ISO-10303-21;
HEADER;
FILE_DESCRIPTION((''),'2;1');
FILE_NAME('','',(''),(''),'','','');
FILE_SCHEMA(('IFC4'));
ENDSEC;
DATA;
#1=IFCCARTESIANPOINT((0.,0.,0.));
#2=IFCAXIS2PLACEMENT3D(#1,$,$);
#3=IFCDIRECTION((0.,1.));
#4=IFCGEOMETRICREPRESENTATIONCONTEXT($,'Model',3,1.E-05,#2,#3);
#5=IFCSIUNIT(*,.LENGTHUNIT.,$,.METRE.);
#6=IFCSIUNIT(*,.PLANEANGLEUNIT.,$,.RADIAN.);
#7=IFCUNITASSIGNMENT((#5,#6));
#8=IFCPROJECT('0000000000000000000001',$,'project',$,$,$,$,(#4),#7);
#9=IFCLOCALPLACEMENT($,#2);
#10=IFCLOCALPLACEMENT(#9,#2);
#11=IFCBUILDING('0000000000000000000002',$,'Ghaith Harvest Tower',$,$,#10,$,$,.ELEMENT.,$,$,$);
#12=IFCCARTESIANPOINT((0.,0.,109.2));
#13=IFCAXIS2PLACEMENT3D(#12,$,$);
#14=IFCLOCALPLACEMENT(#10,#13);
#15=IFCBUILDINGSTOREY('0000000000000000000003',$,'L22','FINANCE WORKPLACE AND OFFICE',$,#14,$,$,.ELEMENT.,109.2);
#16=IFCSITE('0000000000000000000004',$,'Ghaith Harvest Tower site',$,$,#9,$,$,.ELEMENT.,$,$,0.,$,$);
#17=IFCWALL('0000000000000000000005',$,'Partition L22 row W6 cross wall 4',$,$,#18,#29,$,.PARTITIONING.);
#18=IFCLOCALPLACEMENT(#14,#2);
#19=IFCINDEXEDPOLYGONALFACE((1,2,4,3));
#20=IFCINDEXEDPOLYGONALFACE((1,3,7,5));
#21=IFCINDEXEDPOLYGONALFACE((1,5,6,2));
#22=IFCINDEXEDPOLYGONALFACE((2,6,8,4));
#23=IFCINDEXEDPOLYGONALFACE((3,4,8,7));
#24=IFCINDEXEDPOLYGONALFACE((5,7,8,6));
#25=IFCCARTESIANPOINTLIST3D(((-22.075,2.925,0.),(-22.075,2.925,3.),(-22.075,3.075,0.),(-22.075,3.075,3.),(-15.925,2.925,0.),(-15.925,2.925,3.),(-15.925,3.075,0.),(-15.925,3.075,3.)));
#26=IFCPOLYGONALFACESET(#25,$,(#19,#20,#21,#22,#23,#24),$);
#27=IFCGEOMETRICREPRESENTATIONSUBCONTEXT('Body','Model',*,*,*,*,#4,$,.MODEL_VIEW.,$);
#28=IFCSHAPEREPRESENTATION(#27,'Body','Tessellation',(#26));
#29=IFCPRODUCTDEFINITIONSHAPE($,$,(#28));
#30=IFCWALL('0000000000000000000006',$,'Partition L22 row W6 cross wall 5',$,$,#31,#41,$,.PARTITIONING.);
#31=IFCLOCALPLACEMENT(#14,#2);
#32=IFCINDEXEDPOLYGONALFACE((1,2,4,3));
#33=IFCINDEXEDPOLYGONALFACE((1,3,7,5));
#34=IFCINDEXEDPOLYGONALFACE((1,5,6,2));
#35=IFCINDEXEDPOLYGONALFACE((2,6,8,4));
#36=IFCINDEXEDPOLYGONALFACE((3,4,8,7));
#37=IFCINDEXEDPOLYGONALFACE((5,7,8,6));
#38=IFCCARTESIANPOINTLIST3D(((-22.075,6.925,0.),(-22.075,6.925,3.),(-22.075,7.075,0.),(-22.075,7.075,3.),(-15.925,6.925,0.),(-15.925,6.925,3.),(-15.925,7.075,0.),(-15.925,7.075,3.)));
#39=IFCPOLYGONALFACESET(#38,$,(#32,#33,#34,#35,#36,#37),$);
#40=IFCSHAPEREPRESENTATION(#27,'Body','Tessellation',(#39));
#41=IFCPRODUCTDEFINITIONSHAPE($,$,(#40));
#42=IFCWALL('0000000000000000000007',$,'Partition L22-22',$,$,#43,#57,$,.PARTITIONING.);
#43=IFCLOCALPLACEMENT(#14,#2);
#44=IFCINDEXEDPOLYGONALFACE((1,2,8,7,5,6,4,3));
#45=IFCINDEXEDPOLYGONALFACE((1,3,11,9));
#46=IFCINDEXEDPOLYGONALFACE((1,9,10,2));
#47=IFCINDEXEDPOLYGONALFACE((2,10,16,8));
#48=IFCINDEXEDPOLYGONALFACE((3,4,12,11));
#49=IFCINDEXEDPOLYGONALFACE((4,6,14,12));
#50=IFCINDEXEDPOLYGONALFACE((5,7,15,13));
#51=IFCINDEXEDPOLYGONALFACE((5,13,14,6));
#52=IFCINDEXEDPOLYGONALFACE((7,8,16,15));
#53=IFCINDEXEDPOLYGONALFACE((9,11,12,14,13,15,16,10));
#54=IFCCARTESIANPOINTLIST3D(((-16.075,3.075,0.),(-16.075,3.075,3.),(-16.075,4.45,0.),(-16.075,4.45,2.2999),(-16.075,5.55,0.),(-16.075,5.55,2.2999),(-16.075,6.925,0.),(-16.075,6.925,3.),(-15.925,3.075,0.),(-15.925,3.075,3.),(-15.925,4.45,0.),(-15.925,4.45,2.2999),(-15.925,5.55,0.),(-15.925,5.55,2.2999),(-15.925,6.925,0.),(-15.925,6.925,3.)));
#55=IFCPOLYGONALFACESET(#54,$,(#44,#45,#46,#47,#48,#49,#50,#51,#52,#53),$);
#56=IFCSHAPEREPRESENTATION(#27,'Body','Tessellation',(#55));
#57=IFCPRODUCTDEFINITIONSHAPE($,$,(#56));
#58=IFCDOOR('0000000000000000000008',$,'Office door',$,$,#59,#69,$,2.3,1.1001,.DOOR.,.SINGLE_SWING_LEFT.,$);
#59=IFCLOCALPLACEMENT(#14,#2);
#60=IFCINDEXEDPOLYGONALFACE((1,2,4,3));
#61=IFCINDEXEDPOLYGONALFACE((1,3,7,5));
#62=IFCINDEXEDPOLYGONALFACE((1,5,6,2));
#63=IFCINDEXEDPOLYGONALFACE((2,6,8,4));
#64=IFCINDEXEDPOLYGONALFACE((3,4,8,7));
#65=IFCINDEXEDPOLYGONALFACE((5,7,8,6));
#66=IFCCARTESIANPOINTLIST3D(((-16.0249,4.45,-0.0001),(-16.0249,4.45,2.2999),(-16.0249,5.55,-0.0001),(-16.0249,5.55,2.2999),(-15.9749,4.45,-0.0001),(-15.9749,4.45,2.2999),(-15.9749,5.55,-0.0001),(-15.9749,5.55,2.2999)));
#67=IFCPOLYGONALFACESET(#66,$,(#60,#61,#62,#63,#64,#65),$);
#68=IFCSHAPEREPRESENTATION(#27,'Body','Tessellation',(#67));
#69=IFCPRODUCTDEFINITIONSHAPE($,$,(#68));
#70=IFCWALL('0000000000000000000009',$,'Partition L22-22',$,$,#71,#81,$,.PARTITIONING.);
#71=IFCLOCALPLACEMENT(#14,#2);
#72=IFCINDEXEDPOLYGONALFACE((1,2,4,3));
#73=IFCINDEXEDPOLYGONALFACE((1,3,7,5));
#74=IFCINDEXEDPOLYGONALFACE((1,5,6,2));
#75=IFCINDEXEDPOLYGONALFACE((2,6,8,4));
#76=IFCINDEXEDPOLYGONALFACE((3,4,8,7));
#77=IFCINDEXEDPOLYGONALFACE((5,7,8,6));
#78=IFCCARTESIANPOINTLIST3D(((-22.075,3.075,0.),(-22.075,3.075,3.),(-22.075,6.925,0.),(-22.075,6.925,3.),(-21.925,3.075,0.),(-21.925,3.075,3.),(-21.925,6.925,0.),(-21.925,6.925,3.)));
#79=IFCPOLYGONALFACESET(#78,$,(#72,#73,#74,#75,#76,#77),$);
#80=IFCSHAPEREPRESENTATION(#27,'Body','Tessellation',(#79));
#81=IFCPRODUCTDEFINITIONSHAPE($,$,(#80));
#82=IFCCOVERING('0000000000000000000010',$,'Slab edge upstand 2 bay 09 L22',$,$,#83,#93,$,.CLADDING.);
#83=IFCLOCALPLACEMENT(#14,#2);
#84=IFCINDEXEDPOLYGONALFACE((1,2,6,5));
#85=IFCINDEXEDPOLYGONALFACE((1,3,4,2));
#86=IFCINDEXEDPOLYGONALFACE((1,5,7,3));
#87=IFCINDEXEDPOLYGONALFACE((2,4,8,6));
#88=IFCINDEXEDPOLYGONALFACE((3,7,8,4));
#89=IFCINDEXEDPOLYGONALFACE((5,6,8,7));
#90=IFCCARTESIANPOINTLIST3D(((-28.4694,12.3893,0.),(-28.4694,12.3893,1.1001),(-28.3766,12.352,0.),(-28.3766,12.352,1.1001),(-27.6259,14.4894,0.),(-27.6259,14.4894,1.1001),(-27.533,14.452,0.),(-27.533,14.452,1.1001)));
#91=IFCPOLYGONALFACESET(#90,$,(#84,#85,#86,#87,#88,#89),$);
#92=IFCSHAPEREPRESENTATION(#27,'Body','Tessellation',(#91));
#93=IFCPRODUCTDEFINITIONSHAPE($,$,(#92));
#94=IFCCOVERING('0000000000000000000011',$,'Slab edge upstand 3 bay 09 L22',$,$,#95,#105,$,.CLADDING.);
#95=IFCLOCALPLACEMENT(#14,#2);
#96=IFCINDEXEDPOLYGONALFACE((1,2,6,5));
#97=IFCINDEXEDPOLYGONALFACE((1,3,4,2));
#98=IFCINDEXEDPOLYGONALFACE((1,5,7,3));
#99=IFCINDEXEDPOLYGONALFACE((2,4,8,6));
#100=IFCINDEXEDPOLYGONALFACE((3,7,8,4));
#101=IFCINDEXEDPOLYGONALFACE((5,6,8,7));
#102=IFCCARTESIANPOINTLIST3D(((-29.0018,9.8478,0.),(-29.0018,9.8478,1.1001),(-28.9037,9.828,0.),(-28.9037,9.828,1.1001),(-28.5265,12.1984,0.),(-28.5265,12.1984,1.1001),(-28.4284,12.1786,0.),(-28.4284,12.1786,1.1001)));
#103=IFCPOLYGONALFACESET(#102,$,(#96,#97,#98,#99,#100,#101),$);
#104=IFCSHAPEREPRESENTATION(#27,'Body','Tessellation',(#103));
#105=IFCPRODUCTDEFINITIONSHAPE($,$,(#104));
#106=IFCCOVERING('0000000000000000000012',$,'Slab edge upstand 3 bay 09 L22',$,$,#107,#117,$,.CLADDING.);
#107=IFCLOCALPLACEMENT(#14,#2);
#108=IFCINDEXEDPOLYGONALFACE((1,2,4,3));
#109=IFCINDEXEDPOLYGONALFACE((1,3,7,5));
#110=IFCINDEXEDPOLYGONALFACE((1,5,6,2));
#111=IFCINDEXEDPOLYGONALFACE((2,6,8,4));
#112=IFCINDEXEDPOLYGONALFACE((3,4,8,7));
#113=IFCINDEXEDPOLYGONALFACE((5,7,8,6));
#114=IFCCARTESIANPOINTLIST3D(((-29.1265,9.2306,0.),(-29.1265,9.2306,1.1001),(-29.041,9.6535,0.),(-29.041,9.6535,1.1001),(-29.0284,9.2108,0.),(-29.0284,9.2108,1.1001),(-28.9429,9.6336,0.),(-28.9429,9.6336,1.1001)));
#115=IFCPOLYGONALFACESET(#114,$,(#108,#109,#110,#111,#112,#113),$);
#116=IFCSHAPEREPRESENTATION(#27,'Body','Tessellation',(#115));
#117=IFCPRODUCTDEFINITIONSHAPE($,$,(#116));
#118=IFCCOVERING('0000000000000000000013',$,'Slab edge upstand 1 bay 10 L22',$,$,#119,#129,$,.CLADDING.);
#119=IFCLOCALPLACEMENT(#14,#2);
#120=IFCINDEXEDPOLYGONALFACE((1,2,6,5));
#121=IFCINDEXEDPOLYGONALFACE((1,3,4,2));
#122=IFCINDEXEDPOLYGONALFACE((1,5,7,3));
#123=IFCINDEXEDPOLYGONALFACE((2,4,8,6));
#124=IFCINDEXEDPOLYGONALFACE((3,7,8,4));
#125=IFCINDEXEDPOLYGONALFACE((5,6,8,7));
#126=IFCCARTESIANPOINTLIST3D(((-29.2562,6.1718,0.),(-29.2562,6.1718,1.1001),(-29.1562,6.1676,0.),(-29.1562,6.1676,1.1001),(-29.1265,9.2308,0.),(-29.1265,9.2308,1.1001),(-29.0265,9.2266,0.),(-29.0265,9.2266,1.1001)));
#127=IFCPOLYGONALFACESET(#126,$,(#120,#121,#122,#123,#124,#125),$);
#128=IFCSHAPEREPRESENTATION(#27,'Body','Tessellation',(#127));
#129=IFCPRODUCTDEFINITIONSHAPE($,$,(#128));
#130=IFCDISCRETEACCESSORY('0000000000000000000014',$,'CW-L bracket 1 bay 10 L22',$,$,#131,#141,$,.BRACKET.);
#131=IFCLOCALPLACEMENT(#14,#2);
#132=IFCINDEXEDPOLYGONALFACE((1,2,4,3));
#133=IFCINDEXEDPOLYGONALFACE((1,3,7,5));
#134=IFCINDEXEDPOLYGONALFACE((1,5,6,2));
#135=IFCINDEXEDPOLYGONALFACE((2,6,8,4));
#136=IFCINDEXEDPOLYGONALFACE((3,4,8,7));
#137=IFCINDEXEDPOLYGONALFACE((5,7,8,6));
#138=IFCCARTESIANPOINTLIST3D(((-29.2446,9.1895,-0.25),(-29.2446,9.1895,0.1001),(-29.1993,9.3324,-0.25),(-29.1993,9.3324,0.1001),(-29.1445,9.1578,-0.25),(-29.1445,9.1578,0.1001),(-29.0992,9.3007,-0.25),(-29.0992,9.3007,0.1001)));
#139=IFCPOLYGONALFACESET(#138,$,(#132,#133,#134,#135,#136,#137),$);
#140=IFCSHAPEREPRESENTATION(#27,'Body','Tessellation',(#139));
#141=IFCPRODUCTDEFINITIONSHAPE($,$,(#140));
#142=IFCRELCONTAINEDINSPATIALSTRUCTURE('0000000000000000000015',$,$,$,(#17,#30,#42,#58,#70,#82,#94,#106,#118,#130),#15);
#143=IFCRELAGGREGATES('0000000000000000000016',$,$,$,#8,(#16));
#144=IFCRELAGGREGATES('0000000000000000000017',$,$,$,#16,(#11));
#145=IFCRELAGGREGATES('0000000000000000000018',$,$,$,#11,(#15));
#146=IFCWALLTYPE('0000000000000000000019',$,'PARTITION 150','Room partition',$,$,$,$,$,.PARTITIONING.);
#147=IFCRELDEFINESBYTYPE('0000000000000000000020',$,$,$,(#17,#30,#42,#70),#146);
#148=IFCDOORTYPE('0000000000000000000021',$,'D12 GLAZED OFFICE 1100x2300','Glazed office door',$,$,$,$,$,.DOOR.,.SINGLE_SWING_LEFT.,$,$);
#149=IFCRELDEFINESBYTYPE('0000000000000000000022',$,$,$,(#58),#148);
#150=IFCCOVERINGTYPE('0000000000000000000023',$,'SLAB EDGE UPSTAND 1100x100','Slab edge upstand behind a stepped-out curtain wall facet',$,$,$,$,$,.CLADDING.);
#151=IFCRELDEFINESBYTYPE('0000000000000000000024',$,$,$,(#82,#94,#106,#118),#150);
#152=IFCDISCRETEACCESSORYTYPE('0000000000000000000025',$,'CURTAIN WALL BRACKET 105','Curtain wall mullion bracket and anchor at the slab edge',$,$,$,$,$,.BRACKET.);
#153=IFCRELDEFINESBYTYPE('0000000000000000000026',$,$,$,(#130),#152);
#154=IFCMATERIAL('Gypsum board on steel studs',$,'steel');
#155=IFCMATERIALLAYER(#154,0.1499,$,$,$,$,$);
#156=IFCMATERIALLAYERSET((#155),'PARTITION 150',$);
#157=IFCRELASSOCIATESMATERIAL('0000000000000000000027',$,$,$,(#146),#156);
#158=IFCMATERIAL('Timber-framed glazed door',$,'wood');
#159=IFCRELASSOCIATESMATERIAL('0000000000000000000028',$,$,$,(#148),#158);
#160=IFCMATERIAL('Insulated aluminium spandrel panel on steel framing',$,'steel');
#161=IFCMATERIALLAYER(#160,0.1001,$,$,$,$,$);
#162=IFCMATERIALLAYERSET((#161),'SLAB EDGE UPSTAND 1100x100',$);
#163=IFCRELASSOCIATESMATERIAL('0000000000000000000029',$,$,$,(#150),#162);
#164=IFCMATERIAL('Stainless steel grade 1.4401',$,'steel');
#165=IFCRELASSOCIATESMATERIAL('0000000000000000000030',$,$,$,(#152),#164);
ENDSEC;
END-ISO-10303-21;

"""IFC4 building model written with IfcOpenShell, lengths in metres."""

from ifc_helpers import new_model, si_unit, direction, frame, frame_2d, origin, origin_2d, place, context, subcontext, project, spatial, rectangle, extrude, material, layer, layer_set, type_object, element, fill, save


model = new_model("IFC4")

# Units and contexts
model_context = context("Model", 3, precision=1e-05, world=origin(), true_north=direction((0.0, 1.0)))
body_context = subcontext(model_context, "Body", "Model", "MODEL_VIEW")
ifc_project = project(units=[si_unit("LENGTHUNIT", "METRE"), si_unit("PLANEANGLEUNIT", "RADIAN")], contexts=[model_context])

# Site, building, storey
site_placement = place(None, origin())
site = spatial("IfcSite", under=ifc_project, at=site_placement, Name="Ghaith Harvest Tower site", CompositionType="ELEMENT", RefElevation=0.0)
building_placement = place(site_placement, origin())
building = spatial("IfcBuilding", under=site, at=building_placement, Name="Ghaith Harvest Tower", CompositionType="ELEMENT")
storey_placement = place(building_placement, frame((0.0, 0.0, 109.2)))
storey = spatial("IfcBuildingStorey", under=building, at=storey_placement, Name="L22", Description="FINANCE WORKPLACE AND OFFICE", CompositionType="ELEMENT", Elevation=109.2)

# Shared definitions
ifc_material_1 = material(Name="Gypsum board on steel studs", Category="steel")
ifc_layer_1 = layer(ifc_material_1, 0.1499)
ifc_layer_set_1 = layer_set([ifc_layer_1], Name="PARTITION 150")
wall_type = type_object("IfcWallType", Name="PARTITION 150", Description="Room partition", PredefinedType="PARTITIONING", material=ifc_layer_set_1)

# Shared definitions
ifc_material_2 = material(Name="Timber-framed glazed door", Category="wood")
door_type = type_object("IfcDoorType", Name="D12 GLAZED OFFICE 1100x2300", Description="Glazed office door", OperationType="SINGLE_SWING_LEFT", PredefinedType="DOOR", material=ifc_material_2)

# Walls
for number, where, z_axis, x_axis, name in (
    (1, (-15.925, 3.0, 0.0), (0.0, 0.0, 1.0), (-1.0, 0.0, 0.0), "Partition L22 row W6 cross wall 4"),
    (2, (-15.925, 7.0, 0.0), (0.0, 0.0, 1.0), (-1.0, 0.0, 0.0), "Partition L22 row W6 cross wall 5"),
):
    element("IfcWall", number, at=place(storey_placement, frame(where, z_axis=z_axis, x_axis=x_axis)), inside=storey, type_object=wall_type, Name=name, PredefinedType="PARTITIONING", context=body_context, shape_type="SweptSolid", body=[
        extrude(rectangle(XDim=6.1499, YDim=0.1499, at=frame_2d((3.075, 0.0))), origin(), (0.0, 0.0, 1.0), 3.0),
    ])

# Wall, opening, door
wall_1_placement = place(storey_placement, frame((-16.0, 3.075, 0.0), z_axis=(0.0, 0.0, 1.0), x_axis=(0.0, 1.0, 0.0)))
wall_1 = element("IfcWall", 3, at=wall_1_placement, inside=storey, type_object=wall_type, Name="Partition L22-22", PredefinedType="PARTITIONING", context=body_context, shape_type="SweptSolid", body=[
    extrude(rectangle(XDim=3.8501, YDim=0.1499, at=frame_2d((1.925, 0.0))), origin(), (0.0, 0.0, 1.0), 3.0),
])
opening_1_placement = place(wall_1_placement, frame((1.375, 0.0, 0.0)))
opening_1 = element("IfcOpeningElement", 4, at=opening_1_placement, cuts=wall_1, PredefinedType="OPENING", context=body_context, shape_type="SweptSolid", body=[
    extrude(rectangle(XDim=1.1001, YDim=2.3, at=frame_2d((0.55, 1.1499))), frame((0.0, 0.085, 0.0), z_axis=(0.0, -1.0, 0.0), x_axis=(1.0, 0.0, 0.0)), (0.0, 0.0, 1.0), 0.1699),
])
door_1_placement = place(opening_1_placement, origin())
door_1 = element("IfcDoor", 5, at=door_1_placement, inside=storey, type_object=door_type, Name="Office door", OperationType="SINGLE_SWING_LEFT", OverallHeight=2.3, OverallWidth=1.1001, PredefinedType="DOOR", context=body_context, shape_type="SweptSolid", body=[
    extrude(rectangle(XDim=1.1001, YDim=2.3, at=frame_2d((0.55, 1.1499))), frame((0.0, 0.0249, 0.0), z_axis=(0.0, -1.0, 0.0), x_axis=(1.0, 0.0, 0.0)), (0.0, 0.0, 1.0), 0.05),
])
fill(opening_1, door_1)

# Wall
wall_2_placement = place(storey_placement, frame((-22.0, 3.075, 0.0), z_axis=(0.0, 0.0, 1.0), x_axis=(0.0, 1.0, 0.0)))
element("IfcWall", 6, at=wall_2_placement, inside=storey, type_object=wall_type, Name="Partition L22-22", PredefinedType="PARTITIONING", context=body_context, shape_type="SweptSolid", body=[
    extrude(rectangle(XDim=3.8501, YDim=0.1499, at=frame_2d((1.925, 0.0))), origin(), (0.0, 0.0, 1.0), 3.0),
])

# Coverings
ifc_material_3 = material(Name="Insulated aluminium spandrel panel on steel framing", Category="steel")
ifc_layer_2 = layer(ifc_material_3, 0.1001)
ifc_layer_set_2 = layer_set([ifc_layer_2], Name="SLAB EDGE UPSTAND 1100x100")
covering_type = type_object("IfcCoveringType", Name="SLAB EDGE UPSTAND 1100x100", Description="Slab edge upstand behind a stepped-out curtain wall facet", PredefinedType="CLADDING", material=ifc_layer_set_2)
covering_1_placement = place(storey_placement, frame((-28.0012, 13.4207, 0.0), z_axis=(0.0, 0.0, 1.0), x_axis=(-0.372732, -0.927939, 0.0)))
element("IfcCovering", 7, at=covering_1_placement, inside=storey, type_object=covering_type, Name="Slab edge upstand 2 bay 09 L22", PredefinedType="CLADDING", context=body_context, shape_type="SweptSolid", body=[
    extrude(rectangle(XDim=2.2632, YDim=0.1001, at=origin_2d()), origin(), (0.0, 0.0, 1.0), 1.1001),
])
covering_2_placement = place(storey_placement, frame((-28.7151, 11.0132, 0.0), z_axis=(0.0, 0.0, 1.0), x_axis=(-0.198183, -0.980165, 0.0)))
element("IfcCovering", 8, at=covering_2_placement, inside=storey, type_object=covering_type, Name="Slab edge upstand 3 bay 09 L22", PredefinedType="CLADDING", context=body_context, shape_type="SweptSolid", body=[
    extrude(rectangle(XDim=2.3982, YDim=0.1001, at=origin_2d()), origin(), (0.0, 0.0, 1.0), 1.1001),
])
covering_3_placement = place(storey_placement, frame((-29.0347, 9.4321, 0.0), z_axis=(0.0, 0.0, 1.0), x_axis=(-0.198183, -0.980165, 0.0)))
element("IfcCovering", 9, at=covering_3_placement, inside=storey, type_object=covering_type, Name="Slab edge upstand 3 bay 09 L22", PredefinedType="CLADDING", context=body_context, shape_type="SweptSolid", body=[
    extrude(rectangle(XDim=0.4314, YDim=0.1001, at=origin_2d()), origin(), (0.0, 0.0, 1.0), 1.1001),
])
covering_4_placement = place(storey_placement, frame((-29.1414, 7.6992, 0.0), z_axis=(0.0, 0.0, 1.0), x_axis=(-0.042373, -0.999102, 0.0)))
element("IfcCovering", 10, at=covering_4_placement, inside=storey, type_object=covering_type, Name="Slab edge upstand 1 bay 10 L22", PredefinedType="CLADDING", context=body_context, shape_type="SweptSolid", body=[
    extrude(rectangle(XDim=3.0618, YDim=0.1001, at=origin_2d()), origin(), (0.0, 0.0, 1.0), 1.1001),
])

# Discrete accessory
ifc_material_4 = material(Name="Stainless steel grade 1.4401", Category="steel")
discrete_accessory_type = type_object("IfcDiscreteAccessoryType", Name="CURTAIN WALL BRACKET 105", Description="Curtain wall mullion bracket and anchor at the slab edge", PredefinedType="BRACKET", material=ifc_material_4)
discrete_accessory_placement = place(storey_placement, frame((-29.1719, 9.2451, -0.25), z_axis=(0.0, 0.0, 1.0), x_axis=(-0.953273, 0.30211, 0.0)))
element("IfcDiscreteAccessory", 11, at=discrete_accessory_placement, inside=storey, type_object=discrete_accessory_type, Name="CW-L bracket 1 bay 10 L22", PredefinedType="BRACKET", context=body_context, shape_type="SweptSolid", body=[
    extrude(rectangle(XDim=0.105, YDim=0.1499, at=origin_2d()), origin(), (0.0, 0.0, 1.0), 0.3501),
])

save(model, "model.ifc")
